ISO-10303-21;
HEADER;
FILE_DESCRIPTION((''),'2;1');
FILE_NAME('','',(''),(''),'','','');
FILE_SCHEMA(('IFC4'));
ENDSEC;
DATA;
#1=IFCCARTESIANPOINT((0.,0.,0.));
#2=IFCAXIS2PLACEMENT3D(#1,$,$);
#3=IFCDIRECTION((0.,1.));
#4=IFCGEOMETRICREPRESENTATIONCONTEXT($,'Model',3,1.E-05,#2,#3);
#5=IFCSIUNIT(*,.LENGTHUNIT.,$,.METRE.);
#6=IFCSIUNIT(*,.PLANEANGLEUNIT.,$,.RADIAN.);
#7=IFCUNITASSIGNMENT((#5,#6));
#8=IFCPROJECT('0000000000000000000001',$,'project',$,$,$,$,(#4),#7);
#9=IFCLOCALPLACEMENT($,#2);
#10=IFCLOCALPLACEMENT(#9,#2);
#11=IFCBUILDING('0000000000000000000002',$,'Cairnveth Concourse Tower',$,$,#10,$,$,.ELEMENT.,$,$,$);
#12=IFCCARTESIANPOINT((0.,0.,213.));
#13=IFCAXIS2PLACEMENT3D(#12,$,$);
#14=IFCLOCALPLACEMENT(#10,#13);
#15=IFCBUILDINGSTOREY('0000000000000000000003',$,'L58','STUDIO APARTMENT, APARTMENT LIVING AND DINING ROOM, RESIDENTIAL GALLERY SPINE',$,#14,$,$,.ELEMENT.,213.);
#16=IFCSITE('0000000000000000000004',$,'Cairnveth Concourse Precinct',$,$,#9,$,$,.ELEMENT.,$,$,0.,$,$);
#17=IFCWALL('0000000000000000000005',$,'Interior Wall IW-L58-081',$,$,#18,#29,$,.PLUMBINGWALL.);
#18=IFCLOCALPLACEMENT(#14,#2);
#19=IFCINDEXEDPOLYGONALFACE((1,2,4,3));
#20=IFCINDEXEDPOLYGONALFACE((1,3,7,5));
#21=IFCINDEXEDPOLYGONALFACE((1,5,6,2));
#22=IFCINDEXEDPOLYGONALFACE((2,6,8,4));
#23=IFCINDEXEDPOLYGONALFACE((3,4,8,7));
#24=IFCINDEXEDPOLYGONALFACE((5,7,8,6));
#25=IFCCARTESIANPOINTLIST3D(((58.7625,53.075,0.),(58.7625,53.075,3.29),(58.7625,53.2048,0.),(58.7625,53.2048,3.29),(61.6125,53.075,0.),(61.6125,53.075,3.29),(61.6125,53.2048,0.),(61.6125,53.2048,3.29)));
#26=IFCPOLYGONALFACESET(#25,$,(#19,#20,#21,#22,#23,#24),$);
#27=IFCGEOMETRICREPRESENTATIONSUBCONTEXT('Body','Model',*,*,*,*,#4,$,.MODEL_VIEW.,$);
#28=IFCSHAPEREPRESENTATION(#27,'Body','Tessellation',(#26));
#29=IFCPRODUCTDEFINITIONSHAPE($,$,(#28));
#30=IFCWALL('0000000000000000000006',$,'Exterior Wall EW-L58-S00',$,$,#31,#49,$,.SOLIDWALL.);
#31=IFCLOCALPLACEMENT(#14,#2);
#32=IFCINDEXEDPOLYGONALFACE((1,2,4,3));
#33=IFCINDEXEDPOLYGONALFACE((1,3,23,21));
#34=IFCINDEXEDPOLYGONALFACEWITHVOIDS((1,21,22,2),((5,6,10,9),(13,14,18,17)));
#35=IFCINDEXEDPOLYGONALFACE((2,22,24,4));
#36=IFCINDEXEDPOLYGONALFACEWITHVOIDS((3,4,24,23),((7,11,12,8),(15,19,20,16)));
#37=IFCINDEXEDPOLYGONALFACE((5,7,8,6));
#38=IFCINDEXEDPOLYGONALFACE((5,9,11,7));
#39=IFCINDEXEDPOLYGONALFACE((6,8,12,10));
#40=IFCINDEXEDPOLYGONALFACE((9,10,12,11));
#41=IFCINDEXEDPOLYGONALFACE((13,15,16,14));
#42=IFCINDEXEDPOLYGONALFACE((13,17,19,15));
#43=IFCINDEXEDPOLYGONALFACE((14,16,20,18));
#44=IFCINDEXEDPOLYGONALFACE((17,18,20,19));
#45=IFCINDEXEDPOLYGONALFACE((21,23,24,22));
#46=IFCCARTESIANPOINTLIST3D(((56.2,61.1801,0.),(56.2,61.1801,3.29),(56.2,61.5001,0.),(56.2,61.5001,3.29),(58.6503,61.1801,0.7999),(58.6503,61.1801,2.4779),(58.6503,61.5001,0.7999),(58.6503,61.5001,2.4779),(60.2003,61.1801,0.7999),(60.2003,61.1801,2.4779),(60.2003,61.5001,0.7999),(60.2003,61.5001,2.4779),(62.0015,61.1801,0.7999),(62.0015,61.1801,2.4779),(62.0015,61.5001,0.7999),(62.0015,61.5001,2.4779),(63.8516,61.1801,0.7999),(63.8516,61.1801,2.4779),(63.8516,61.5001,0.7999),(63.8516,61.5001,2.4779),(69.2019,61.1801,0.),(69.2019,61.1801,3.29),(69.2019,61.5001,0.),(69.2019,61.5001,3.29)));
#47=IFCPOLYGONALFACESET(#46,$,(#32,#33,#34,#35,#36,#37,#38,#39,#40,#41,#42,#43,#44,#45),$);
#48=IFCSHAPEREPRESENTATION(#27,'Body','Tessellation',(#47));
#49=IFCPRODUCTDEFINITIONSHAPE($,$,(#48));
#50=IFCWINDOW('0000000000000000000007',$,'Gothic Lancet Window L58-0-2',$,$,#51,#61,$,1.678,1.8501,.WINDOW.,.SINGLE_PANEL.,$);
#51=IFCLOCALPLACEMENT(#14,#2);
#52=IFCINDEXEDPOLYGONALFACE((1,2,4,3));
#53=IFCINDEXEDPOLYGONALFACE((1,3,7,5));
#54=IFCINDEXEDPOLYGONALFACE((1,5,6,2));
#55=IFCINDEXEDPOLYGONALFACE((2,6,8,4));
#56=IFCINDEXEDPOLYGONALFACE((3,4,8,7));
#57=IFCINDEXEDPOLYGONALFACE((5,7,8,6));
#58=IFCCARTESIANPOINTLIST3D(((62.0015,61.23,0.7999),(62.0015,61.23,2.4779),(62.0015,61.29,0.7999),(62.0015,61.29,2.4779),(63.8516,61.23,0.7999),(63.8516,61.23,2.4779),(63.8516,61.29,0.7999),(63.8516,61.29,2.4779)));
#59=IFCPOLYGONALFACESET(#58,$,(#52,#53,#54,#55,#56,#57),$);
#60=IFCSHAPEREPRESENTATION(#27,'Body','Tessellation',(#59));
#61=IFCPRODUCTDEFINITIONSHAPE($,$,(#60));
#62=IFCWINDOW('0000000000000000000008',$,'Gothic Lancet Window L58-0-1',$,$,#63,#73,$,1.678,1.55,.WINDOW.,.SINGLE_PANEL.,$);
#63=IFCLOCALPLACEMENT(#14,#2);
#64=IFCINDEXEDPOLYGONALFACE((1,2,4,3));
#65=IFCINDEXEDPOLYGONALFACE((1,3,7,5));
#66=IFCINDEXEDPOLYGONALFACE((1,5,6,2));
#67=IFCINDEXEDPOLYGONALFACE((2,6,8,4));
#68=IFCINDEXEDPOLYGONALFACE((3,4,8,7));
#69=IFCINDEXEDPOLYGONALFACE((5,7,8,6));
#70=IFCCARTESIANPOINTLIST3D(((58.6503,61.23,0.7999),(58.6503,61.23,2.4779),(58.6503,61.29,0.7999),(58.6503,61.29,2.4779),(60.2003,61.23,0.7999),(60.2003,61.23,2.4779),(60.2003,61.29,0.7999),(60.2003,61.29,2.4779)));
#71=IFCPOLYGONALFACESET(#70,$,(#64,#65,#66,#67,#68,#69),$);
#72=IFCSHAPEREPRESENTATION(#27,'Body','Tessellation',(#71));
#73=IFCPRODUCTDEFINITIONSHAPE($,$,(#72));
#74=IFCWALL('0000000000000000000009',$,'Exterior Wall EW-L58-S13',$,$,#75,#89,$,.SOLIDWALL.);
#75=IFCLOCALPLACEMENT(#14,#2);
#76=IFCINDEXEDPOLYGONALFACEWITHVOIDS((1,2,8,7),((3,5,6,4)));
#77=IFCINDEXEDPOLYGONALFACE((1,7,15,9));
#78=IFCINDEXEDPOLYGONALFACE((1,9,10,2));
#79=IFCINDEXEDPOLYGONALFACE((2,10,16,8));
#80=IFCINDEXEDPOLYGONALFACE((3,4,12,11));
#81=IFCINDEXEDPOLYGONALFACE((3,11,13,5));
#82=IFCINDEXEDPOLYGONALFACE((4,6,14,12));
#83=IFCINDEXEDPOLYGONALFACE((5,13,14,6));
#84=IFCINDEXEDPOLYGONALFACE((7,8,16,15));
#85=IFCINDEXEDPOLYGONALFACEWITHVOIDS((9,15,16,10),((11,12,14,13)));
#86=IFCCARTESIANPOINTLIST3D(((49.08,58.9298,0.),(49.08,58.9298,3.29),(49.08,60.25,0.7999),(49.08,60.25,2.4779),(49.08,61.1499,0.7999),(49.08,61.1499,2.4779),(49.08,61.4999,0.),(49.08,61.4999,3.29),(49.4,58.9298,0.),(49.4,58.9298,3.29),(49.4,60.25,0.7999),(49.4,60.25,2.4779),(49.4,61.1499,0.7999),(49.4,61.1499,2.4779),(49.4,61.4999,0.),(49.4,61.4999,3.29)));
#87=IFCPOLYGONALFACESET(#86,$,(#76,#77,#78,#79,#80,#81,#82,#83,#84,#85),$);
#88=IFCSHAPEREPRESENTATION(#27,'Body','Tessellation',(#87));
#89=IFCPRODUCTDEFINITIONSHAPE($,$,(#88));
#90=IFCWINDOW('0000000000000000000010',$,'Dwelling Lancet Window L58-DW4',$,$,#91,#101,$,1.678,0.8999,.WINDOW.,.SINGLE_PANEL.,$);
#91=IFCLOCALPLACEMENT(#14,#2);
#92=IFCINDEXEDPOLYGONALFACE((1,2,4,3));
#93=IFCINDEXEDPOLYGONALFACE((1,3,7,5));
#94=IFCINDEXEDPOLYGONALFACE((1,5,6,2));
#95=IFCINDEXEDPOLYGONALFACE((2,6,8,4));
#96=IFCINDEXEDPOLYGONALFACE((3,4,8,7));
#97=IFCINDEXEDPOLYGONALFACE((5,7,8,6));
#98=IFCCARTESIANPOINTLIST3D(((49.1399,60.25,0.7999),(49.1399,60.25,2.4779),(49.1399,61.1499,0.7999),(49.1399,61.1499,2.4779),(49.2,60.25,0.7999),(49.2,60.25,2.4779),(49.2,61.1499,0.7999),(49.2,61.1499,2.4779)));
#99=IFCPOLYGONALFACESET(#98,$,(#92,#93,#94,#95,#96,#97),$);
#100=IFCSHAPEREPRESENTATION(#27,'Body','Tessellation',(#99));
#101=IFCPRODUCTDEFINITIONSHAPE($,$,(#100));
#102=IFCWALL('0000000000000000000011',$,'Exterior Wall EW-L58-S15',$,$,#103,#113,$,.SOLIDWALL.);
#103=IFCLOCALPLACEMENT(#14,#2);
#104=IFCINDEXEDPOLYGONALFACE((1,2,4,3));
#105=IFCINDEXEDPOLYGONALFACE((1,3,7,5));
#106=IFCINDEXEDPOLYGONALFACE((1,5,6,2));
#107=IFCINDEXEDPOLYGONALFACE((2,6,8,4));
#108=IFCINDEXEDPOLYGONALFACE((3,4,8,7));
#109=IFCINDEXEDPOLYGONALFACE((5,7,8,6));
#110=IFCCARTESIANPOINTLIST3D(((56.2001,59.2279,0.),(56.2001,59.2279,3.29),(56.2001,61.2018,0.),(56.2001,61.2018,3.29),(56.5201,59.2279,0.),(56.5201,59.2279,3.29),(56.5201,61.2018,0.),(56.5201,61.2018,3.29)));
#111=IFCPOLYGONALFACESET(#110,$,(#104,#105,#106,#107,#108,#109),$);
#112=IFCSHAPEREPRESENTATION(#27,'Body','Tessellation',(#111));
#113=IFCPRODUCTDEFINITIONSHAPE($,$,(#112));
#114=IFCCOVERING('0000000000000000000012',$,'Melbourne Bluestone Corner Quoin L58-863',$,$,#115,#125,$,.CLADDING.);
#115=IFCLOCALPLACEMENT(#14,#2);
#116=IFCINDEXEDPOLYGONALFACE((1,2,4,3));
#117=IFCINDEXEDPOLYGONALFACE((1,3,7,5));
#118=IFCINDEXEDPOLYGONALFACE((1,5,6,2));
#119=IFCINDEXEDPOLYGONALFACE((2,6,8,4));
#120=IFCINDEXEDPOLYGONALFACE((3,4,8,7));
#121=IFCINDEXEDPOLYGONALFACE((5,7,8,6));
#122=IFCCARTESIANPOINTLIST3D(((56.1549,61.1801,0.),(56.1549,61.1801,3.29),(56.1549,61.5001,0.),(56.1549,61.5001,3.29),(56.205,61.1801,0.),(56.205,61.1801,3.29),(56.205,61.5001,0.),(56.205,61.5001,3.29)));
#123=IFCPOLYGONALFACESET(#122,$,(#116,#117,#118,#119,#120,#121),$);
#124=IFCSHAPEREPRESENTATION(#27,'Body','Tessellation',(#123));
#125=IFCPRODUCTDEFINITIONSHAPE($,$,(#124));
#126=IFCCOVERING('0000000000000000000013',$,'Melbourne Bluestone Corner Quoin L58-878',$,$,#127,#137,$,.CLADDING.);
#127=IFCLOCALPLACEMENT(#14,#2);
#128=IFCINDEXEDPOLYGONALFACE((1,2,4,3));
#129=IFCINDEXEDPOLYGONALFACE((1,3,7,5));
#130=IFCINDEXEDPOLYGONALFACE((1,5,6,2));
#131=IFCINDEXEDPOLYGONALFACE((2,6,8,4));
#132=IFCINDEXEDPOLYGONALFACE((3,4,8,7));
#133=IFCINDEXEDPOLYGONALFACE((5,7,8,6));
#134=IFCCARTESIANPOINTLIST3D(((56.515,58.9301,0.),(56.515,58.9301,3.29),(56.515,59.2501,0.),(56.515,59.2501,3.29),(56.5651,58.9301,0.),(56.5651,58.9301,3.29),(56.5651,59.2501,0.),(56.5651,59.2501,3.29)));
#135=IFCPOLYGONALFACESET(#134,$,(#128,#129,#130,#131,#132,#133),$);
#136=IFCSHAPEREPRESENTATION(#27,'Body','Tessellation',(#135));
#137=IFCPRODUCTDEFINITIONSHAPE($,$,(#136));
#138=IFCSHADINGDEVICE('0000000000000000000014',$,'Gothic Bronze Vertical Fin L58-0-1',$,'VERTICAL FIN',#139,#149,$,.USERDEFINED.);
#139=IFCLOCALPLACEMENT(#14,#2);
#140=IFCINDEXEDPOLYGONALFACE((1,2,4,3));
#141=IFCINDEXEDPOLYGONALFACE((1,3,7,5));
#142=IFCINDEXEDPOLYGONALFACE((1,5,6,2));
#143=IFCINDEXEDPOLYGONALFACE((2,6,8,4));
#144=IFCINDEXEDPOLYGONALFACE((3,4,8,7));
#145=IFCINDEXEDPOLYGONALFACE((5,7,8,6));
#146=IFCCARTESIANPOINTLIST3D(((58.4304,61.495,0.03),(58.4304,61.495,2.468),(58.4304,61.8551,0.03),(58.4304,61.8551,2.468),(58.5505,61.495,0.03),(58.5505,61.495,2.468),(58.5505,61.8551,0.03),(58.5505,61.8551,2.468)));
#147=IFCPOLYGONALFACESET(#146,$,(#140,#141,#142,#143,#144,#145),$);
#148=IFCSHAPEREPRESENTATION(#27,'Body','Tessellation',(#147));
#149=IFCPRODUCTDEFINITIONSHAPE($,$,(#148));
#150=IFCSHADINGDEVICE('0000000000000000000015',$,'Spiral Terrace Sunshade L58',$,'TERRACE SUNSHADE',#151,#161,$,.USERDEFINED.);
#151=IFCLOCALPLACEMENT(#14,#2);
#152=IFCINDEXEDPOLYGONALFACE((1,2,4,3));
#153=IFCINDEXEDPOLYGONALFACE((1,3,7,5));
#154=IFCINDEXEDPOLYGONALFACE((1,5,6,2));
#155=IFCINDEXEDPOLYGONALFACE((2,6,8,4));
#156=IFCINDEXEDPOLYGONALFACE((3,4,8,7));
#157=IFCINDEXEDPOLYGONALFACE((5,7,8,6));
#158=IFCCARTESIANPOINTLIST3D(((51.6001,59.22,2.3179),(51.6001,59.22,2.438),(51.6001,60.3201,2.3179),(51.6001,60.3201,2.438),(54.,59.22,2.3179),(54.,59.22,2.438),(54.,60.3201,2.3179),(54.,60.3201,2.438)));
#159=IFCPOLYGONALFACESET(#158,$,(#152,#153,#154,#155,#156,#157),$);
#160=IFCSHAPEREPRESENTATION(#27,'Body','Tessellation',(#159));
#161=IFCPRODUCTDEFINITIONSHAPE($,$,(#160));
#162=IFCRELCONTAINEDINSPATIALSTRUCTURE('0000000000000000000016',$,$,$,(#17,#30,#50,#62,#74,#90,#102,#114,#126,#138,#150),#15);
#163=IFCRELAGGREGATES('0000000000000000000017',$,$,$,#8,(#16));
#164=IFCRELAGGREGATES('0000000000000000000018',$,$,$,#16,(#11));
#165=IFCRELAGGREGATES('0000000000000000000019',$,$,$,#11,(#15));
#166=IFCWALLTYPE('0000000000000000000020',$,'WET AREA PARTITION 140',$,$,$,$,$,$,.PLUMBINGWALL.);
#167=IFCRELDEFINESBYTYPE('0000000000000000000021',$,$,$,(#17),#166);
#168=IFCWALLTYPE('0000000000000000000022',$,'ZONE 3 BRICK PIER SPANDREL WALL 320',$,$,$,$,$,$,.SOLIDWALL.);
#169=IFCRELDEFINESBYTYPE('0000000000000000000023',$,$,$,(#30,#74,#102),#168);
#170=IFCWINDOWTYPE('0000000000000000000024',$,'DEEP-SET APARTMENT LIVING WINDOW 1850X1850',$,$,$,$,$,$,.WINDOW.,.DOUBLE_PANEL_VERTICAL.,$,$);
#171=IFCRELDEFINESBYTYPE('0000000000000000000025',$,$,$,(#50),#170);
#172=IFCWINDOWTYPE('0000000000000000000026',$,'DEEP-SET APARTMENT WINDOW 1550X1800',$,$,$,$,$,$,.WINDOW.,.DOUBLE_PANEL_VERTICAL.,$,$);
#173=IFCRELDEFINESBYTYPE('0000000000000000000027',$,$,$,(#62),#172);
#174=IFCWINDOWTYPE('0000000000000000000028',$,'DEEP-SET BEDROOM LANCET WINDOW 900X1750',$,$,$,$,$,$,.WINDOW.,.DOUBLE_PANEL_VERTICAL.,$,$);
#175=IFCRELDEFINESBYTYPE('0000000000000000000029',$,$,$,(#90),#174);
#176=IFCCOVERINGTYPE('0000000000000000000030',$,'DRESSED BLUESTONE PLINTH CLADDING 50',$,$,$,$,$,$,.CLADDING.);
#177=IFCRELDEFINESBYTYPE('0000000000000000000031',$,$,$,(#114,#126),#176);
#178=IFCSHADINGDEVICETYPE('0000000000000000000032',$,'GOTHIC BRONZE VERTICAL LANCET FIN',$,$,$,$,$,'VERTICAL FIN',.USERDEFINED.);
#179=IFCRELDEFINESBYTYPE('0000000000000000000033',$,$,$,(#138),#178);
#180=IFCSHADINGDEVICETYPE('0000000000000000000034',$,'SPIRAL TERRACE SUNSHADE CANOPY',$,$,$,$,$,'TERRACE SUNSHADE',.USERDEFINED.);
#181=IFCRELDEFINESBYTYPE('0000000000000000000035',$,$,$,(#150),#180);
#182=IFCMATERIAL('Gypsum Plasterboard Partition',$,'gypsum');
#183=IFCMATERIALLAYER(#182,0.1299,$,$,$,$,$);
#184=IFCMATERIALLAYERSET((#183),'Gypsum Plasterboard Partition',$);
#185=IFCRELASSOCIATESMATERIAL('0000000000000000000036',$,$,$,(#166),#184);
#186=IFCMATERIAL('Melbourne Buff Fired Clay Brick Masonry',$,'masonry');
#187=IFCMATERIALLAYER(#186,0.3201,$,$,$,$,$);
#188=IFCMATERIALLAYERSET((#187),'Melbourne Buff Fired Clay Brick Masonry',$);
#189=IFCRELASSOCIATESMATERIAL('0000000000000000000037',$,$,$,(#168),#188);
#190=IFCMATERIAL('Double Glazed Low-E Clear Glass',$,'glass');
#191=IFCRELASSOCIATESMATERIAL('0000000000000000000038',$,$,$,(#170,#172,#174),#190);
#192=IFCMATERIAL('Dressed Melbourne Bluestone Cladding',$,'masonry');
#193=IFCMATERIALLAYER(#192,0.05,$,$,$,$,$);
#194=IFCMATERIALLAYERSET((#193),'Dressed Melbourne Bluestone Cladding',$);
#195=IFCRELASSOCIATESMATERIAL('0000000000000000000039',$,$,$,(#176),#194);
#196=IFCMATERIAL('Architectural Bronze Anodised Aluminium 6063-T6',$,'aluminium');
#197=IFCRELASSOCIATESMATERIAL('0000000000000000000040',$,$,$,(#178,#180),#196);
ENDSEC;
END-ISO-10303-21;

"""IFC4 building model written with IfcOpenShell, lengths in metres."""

from ifc_helpers import new_model, si_unit, direction, frame, frame_2d, origin, origin_2d, place, context, subcontext, project, spatial, rectangle, extrude, material, layer, layer_set, type_object, element, fill, save


model = new_model("IFC4")

# Units and contexts
model_context = context("Model", 3, precision=1e-05, world=origin(), true_north=direction((0.0, 1.0)))
body_context = subcontext(model_context, "Body", "Model", "MODEL_VIEW")
ifc_project = project(units=[si_unit("LENGTHUNIT", "METRE"), si_unit("PLANEANGLEUNIT", "RADIAN")], contexts=[model_context])

# Site, building, storey
site_placement = place(None, origin())
site = spatial("IfcSite", under=ifc_project, at=site_placement, Name="Cairnveth Concourse Precinct", CompositionType="ELEMENT", RefElevation=0.0)
building_placement = place(site_placement, origin())
building = spatial("IfcBuilding", under=site, at=building_placement, Name="Cairnveth Concourse Tower", CompositionType="ELEMENT")
storey_placement = place(building_placement, frame((0.0, 0.0, 213.0)))
storey = spatial("IfcBuildingStorey", under=building, at=storey_placement, Name="L58", Description="STUDIO APARTMENT, APARTMENT LIVING AND DINING ROOM, RESIDENTIAL GALLERY SPINE", CompositionType="ELEMENT", Elevation=213.0)

# Shared definitions
ifc_material_1 = material(Name="Gypsum Plasterboard Partition", Category="gypsum")

# Shared definitions
ifc_material_2 = material(Name="Dressed Melbourne Bluestone Cladding", Category="masonry")
ifc_layer_1 = layer(ifc_material_1, 0.1299)
ifc_layer_set_1 = layer_set([ifc_layer_1], Name="Gypsum Plasterboard Partition")
wall_type_1 = type_object("IfcWallType", Name="WET AREA PARTITION 140", PredefinedType="PLUMBINGWALL", material=ifc_layer_set_1)

# Wall
wall_1_placement = place(storey_placement, frame((58.7625, 53.1399, 0.0), z_axis=(0.0, 0.0, 1.0), x_axis=(1.0, 0.0, 0.0)))
element("IfcWall", 1, at=wall_1_placement, inside=storey, type_object=wall_type_1, Name="Interior Wall IW-L58-081", PredefinedType="PLUMBINGWALL", context=body_context, shape_type="SweptSolid", body=[
    extrude(rectangle(XDim=2.8501, YDim=0.1299, at=frame_2d((1.425, 0.0))), origin(), (0.0, 0.0, 1.0), 3.29),
])

# Wall, openings, windows
ifc_material_3 = material(Name="Melbourne Buff Fired Clay Brick Masonry", Category="masonry")
ifc_layer_2 = layer(ifc_material_3, 0.3201)
ifc_layer_set_2 = layer_set([ifc_layer_2], Name="Melbourne Buff Fired Clay Brick Masonry")
wall_type_2 = type_object("IfcWallType", Name="ZONE 3 BRICK PIER SPANDREL WALL 320", PredefinedType="SOLIDWALL", material=ifc_layer_set_2)
wall_2_placement = place(storey_placement, frame((56.2, 61.3401, 0.0), z_axis=(0.0, 0.0, 1.0), x_axis=(1.0, 0.0, 0.0)))
wall_2 = element("IfcWall", 2, at=wall_2_placement, inside=storey, type_object=wall_type_2, Name="Exterior Wall EW-L58-S00", PredefinedType="SOLIDWALL", context=body_context, shape_type="SweptSolid", body=[
    extrude(rectangle(XDim=13.002, YDim=0.3201, at=frame_2d((6.501, 0.0))), origin(), (0.0, 0.0, 1.0), 3.29),
])
opening_1_placement = place(wall_2_placement, frame((2.4504, 0.0, 0.8)))
opening_1 = element("IfcOpeningElement", 3, at=opening_1_placement, cuts=wall_2, PredefinedType="OPENING", context=body_context, shape_type="SweptSolid", body=[
    extrude(rectangle(XDim=1.55, YDim=1.678, at=frame_2d((0.7749, 0.8389))), frame((0.0, 0.1699, 0.0), z_axis=(0.0, -1.0, 0.0), x_axis=(1.0, 0.0, 0.0)), (0.0, 0.0, 1.0), 0.3401),
])
opening_2_placement = place(wall_2_placement, frame((5.8015, 0.0, 0.8)))
opening_2 = element("IfcOpeningElement", 4, at=opening_2_placement, cuts=wall_2, PredefinedType="OPENING", context=body_context, shape_type="SweptSolid", body=[
    extrude(rectangle(XDim=1.8501, YDim=1.678, at=frame_2d((0.925, 0.8389))), frame((0.0, 0.1699, 0.0), z_axis=(0.0, -1.0, 0.0), x_axis=(1.0, 0.0, 0.0)), (0.0, 0.0, 1.0), 0.3401),
])
ifc_material_4 = material(Name="Double Glazed Low-E Clear Glass", Category="glass")
window_type_1 = type_object("IfcWindowType", Name="DEEP-SET APARTMENT LIVING WINDOW 1850X1850", PartitioningType="DOUBLE_PANEL_VERTICAL", PredefinedType="WINDOW", material=ifc_material_4)
window_1_placement = place(opening_2_placement, origin())
window_1 = element("IfcWindow", 5, at=window_1_placement, inside=storey, type_object=window_type_1, Name="Gothic Lancet Window L58-0-2", OverallHeight=1.678, OverallWidth=1.8501, PartitioningType="SINGLE_PANEL", PredefinedType="WINDOW", context=body_context, shape_type="SweptSolid", body=[
    extrude(rectangle(XDim=1.8501, YDim=1.678, at=frame_2d((0.925, 0.8389))), frame((0.0, -0.05, 0.0), z_axis=(0.0, -1.0, 0.0), x_axis=(1.0, 0.0, 0.0)), (0.0, 0.0, 1.0), 0.0601),
])
fill(opening_2, window_1)
window_type_2 = type_object("IfcWindowType", Name="DEEP-SET APARTMENT WINDOW 1550X1800", PartitioningType="DOUBLE_PANEL_VERTICAL", PredefinedType="WINDOW", material=ifc_material_4)
window_2_placement = place(opening_1_placement, origin())
window_2 = element("IfcWindow", 6, at=window_2_placement, inside=storey, type_object=window_type_2, Name="Gothic Lancet Window L58-0-1", OverallHeight=1.678, OverallWidth=1.55, PartitioningType="SINGLE_PANEL", PredefinedType="WINDOW", context=body_context, shape_type="SweptSolid", body=[
    extrude(rectangle(XDim=1.55, YDim=1.678, at=frame_2d((0.7749, 0.8389))), frame((0.0, -0.05, 0.0), z_axis=(0.0, -1.0, 0.0), x_axis=(1.0, 0.0, 0.0)), (0.0, 0.0, 1.0), 0.0601),
])
fill(opening_1, window_2)

# Wall, opening, window
wall_3_placement = place(storey_placement, frame((49.24, 61.5, 0.0), z_axis=(0.0, 0.0, 1.0), x_axis=(0.0, -1.0, 0.0)))
wall_3 = element("IfcWall", 7, at=wall_3_placement, inside=storey, type_object=wall_type_2, Name="Exterior Wall EW-L58-S13", PredefinedType="SOLIDWALL", context=body_context, shape_type="SweptSolid", body=[
    extrude(rectangle(XDim=2.5701, YDim=0.3201, at=frame_2d((1.2852, 0.0))), origin(), (0.0, 0.0, 1.0), 3.29),
])
opening_3_placement = place(wall_3_placement, frame((0.3501, 0.0, 0.8)))
opening_3 = element("IfcOpeningElement", 8, at=opening_3_placement, cuts=wall_3, PredefinedType="OPENING", context=body_context, shape_type="SweptSolid", body=[
    extrude(rectangle(XDim=0.8999, YDim=1.678, at=frame_2d((0.45, 0.8389))), frame((0.0, 0.1699, 0.0), z_axis=(0.0, -1.0, 0.0), x_axis=(1.0, 0.0, 0.0)), (0.0, 0.0, 1.0), 0.3401),
])
window_type_3 = type_object("IfcWindowType", Name="DEEP-SET BEDROOM LANCET WINDOW 900X1750", PartitioningType="DOUBLE_PANEL_VERTICAL", PredefinedType="WINDOW", material=ifc_material_4)
window_3_placement = place(opening_3_placement, origin())
window_3 = element("IfcWindow", 9, at=window_3_placement, inside=storey, type_object=window_type_3, Name="Dwelling Lancet Window L58-DW4", OverallHeight=1.678, OverallWidth=0.8999, PartitioningType="SINGLE_PANEL", PredefinedType="WINDOW", context=body_context, shape_type="SweptSolid", body=[
    extrude(rectangle(XDim=0.8999, YDim=1.678, at=frame_2d((0.45, 0.8389))), frame((0.0, -0.04, 0.0), z_axis=(0.0, -1.0, 0.0), x_axis=(1.0, 0.0, 0.0)), (0.0, 0.0, 1.0), 0.0601),
])
fill(opening_3, window_3)

# Shared definitions
ifc_material_5 = material(Name="Architectural Bronze Anodised Aluminium 6063-T6", Category="aluminium")

# Wall
wall_4_placement = place(storey_placement, frame((56.3601, 59.228, 0.0), z_axis=(0.0, 0.0, 1.0), x_axis=(0.0, 1.0, 0.0)))
element("IfcWall", 10, at=wall_4_placement, inside=storey, type_object=wall_type_2, Name="Exterior Wall EW-L58-S15", PredefinedType="SOLIDWALL", context=body_context, shape_type="SweptSolid", body=[
    extrude(rectangle(XDim=1.9739, YDim=0.3201, at=frame_2d((0.9868, 0.0))), origin(), (0.0, 0.0, 1.0), 3.29),
])

# Coverings
ifc_layer_3 = layer(ifc_material_2, 0.05)
ifc_layer_set_3 = layer_set([ifc_layer_3], Name="Dressed Melbourne Bluestone Cladding")
covering_type = type_object("IfcCoveringType", Name="DRESSED BLUESTONE PLINTH CLADDING 50", PredefinedType="CLADDING", material=ifc_layer_set_3)
for number, where, z_axis, x_axis, name in (
    (11, (56.1799, 61.1799, 0.0), (0.0, 0.0, 1.0), (0.0, 1.0, 0.0), "Melbourne Bluestone Corner Quoin L58-863"),
    (12, (56.54, 58.9299, 0.0), (0.0, 0.0, 1.0), (0.0, 1.0, 0.0), "Melbourne Bluestone Corner Quoin L58-878"),
):
    element("IfcCovering", number, at=place(storey_placement, frame(where, z_axis=z_axis, x_axis=x_axis)), inside=storey, type_object=covering_type, Name=name, PredefinedType="CLADDING", context=body_context, shape_type="SweptSolid", body=[
        extrude(rectangle(XDim=0.3201, YDim=0.05, at=frame_2d((0.1602, 0.0))), origin(), (0.0, 0.0, 1.0), 3.29),
    ])

# Shading devices
shading_device_type_1 = type_object("IfcShadingDeviceType", Name="GOTHIC BRONZE VERTICAL LANCET FIN", ElementType="VERTICAL FIN", PredefinedType="USERDEFINED", material=ifc_material_5)
shading_device_1_placement = place(storey_placement, frame((58.4905, 61.675, 0.03), z_axis=(0.0, 0.0, 1.0), x_axis=(1.0, 0.0, 0.0)))
element("IfcShadingDevice", 13, at=shading_device_1_placement, inside=storey, type_object=shading_device_type_1, Name="Gothic Bronze Vertical Fin L58-0-1", ObjectType="VERTICAL FIN", PredefinedType="USERDEFINED", context=body_context, shape_type="SweptSolid", body=[
    extrude(rectangle(XDim=0.1201, YDim=0.3601, at=origin_2d()), origin(), (0.0, 0.0, 1.0), 2.438),
])
shading_device_type_2 = type_object("IfcShadingDeviceType", Name="SPIRAL TERRACE SUNSHADE CANOPY", ElementType="TERRACE SUNSHADE", PredefinedType="USERDEFINED", material=ifc_material_5)
shading_device_2_placement = place(storey_placement, frame((52.8, 59.77, 2.3179), z_axis=(0.0, 0.0, 1.0), x_axis=(1.0, 0.0, 0.0)))
element("IfcShadingDevice", 14, at=shading_device_2_placement, inside=storey, type_object=shading_device_type_2, Name="Spiral Terrace Sunshade L58", ObjectType="TERRACE SUNSHADE", PredefinedType="USERDEFINED", context=body_context, shape_type="SweptSolid", body=[
    extrude(rectangle(XDim=2.3999, YDim=1.1001, at=origin_2d()), origin(), (0.0, 0.0, 1.0), 0.1201),
])

save(model, "model.ifc")
